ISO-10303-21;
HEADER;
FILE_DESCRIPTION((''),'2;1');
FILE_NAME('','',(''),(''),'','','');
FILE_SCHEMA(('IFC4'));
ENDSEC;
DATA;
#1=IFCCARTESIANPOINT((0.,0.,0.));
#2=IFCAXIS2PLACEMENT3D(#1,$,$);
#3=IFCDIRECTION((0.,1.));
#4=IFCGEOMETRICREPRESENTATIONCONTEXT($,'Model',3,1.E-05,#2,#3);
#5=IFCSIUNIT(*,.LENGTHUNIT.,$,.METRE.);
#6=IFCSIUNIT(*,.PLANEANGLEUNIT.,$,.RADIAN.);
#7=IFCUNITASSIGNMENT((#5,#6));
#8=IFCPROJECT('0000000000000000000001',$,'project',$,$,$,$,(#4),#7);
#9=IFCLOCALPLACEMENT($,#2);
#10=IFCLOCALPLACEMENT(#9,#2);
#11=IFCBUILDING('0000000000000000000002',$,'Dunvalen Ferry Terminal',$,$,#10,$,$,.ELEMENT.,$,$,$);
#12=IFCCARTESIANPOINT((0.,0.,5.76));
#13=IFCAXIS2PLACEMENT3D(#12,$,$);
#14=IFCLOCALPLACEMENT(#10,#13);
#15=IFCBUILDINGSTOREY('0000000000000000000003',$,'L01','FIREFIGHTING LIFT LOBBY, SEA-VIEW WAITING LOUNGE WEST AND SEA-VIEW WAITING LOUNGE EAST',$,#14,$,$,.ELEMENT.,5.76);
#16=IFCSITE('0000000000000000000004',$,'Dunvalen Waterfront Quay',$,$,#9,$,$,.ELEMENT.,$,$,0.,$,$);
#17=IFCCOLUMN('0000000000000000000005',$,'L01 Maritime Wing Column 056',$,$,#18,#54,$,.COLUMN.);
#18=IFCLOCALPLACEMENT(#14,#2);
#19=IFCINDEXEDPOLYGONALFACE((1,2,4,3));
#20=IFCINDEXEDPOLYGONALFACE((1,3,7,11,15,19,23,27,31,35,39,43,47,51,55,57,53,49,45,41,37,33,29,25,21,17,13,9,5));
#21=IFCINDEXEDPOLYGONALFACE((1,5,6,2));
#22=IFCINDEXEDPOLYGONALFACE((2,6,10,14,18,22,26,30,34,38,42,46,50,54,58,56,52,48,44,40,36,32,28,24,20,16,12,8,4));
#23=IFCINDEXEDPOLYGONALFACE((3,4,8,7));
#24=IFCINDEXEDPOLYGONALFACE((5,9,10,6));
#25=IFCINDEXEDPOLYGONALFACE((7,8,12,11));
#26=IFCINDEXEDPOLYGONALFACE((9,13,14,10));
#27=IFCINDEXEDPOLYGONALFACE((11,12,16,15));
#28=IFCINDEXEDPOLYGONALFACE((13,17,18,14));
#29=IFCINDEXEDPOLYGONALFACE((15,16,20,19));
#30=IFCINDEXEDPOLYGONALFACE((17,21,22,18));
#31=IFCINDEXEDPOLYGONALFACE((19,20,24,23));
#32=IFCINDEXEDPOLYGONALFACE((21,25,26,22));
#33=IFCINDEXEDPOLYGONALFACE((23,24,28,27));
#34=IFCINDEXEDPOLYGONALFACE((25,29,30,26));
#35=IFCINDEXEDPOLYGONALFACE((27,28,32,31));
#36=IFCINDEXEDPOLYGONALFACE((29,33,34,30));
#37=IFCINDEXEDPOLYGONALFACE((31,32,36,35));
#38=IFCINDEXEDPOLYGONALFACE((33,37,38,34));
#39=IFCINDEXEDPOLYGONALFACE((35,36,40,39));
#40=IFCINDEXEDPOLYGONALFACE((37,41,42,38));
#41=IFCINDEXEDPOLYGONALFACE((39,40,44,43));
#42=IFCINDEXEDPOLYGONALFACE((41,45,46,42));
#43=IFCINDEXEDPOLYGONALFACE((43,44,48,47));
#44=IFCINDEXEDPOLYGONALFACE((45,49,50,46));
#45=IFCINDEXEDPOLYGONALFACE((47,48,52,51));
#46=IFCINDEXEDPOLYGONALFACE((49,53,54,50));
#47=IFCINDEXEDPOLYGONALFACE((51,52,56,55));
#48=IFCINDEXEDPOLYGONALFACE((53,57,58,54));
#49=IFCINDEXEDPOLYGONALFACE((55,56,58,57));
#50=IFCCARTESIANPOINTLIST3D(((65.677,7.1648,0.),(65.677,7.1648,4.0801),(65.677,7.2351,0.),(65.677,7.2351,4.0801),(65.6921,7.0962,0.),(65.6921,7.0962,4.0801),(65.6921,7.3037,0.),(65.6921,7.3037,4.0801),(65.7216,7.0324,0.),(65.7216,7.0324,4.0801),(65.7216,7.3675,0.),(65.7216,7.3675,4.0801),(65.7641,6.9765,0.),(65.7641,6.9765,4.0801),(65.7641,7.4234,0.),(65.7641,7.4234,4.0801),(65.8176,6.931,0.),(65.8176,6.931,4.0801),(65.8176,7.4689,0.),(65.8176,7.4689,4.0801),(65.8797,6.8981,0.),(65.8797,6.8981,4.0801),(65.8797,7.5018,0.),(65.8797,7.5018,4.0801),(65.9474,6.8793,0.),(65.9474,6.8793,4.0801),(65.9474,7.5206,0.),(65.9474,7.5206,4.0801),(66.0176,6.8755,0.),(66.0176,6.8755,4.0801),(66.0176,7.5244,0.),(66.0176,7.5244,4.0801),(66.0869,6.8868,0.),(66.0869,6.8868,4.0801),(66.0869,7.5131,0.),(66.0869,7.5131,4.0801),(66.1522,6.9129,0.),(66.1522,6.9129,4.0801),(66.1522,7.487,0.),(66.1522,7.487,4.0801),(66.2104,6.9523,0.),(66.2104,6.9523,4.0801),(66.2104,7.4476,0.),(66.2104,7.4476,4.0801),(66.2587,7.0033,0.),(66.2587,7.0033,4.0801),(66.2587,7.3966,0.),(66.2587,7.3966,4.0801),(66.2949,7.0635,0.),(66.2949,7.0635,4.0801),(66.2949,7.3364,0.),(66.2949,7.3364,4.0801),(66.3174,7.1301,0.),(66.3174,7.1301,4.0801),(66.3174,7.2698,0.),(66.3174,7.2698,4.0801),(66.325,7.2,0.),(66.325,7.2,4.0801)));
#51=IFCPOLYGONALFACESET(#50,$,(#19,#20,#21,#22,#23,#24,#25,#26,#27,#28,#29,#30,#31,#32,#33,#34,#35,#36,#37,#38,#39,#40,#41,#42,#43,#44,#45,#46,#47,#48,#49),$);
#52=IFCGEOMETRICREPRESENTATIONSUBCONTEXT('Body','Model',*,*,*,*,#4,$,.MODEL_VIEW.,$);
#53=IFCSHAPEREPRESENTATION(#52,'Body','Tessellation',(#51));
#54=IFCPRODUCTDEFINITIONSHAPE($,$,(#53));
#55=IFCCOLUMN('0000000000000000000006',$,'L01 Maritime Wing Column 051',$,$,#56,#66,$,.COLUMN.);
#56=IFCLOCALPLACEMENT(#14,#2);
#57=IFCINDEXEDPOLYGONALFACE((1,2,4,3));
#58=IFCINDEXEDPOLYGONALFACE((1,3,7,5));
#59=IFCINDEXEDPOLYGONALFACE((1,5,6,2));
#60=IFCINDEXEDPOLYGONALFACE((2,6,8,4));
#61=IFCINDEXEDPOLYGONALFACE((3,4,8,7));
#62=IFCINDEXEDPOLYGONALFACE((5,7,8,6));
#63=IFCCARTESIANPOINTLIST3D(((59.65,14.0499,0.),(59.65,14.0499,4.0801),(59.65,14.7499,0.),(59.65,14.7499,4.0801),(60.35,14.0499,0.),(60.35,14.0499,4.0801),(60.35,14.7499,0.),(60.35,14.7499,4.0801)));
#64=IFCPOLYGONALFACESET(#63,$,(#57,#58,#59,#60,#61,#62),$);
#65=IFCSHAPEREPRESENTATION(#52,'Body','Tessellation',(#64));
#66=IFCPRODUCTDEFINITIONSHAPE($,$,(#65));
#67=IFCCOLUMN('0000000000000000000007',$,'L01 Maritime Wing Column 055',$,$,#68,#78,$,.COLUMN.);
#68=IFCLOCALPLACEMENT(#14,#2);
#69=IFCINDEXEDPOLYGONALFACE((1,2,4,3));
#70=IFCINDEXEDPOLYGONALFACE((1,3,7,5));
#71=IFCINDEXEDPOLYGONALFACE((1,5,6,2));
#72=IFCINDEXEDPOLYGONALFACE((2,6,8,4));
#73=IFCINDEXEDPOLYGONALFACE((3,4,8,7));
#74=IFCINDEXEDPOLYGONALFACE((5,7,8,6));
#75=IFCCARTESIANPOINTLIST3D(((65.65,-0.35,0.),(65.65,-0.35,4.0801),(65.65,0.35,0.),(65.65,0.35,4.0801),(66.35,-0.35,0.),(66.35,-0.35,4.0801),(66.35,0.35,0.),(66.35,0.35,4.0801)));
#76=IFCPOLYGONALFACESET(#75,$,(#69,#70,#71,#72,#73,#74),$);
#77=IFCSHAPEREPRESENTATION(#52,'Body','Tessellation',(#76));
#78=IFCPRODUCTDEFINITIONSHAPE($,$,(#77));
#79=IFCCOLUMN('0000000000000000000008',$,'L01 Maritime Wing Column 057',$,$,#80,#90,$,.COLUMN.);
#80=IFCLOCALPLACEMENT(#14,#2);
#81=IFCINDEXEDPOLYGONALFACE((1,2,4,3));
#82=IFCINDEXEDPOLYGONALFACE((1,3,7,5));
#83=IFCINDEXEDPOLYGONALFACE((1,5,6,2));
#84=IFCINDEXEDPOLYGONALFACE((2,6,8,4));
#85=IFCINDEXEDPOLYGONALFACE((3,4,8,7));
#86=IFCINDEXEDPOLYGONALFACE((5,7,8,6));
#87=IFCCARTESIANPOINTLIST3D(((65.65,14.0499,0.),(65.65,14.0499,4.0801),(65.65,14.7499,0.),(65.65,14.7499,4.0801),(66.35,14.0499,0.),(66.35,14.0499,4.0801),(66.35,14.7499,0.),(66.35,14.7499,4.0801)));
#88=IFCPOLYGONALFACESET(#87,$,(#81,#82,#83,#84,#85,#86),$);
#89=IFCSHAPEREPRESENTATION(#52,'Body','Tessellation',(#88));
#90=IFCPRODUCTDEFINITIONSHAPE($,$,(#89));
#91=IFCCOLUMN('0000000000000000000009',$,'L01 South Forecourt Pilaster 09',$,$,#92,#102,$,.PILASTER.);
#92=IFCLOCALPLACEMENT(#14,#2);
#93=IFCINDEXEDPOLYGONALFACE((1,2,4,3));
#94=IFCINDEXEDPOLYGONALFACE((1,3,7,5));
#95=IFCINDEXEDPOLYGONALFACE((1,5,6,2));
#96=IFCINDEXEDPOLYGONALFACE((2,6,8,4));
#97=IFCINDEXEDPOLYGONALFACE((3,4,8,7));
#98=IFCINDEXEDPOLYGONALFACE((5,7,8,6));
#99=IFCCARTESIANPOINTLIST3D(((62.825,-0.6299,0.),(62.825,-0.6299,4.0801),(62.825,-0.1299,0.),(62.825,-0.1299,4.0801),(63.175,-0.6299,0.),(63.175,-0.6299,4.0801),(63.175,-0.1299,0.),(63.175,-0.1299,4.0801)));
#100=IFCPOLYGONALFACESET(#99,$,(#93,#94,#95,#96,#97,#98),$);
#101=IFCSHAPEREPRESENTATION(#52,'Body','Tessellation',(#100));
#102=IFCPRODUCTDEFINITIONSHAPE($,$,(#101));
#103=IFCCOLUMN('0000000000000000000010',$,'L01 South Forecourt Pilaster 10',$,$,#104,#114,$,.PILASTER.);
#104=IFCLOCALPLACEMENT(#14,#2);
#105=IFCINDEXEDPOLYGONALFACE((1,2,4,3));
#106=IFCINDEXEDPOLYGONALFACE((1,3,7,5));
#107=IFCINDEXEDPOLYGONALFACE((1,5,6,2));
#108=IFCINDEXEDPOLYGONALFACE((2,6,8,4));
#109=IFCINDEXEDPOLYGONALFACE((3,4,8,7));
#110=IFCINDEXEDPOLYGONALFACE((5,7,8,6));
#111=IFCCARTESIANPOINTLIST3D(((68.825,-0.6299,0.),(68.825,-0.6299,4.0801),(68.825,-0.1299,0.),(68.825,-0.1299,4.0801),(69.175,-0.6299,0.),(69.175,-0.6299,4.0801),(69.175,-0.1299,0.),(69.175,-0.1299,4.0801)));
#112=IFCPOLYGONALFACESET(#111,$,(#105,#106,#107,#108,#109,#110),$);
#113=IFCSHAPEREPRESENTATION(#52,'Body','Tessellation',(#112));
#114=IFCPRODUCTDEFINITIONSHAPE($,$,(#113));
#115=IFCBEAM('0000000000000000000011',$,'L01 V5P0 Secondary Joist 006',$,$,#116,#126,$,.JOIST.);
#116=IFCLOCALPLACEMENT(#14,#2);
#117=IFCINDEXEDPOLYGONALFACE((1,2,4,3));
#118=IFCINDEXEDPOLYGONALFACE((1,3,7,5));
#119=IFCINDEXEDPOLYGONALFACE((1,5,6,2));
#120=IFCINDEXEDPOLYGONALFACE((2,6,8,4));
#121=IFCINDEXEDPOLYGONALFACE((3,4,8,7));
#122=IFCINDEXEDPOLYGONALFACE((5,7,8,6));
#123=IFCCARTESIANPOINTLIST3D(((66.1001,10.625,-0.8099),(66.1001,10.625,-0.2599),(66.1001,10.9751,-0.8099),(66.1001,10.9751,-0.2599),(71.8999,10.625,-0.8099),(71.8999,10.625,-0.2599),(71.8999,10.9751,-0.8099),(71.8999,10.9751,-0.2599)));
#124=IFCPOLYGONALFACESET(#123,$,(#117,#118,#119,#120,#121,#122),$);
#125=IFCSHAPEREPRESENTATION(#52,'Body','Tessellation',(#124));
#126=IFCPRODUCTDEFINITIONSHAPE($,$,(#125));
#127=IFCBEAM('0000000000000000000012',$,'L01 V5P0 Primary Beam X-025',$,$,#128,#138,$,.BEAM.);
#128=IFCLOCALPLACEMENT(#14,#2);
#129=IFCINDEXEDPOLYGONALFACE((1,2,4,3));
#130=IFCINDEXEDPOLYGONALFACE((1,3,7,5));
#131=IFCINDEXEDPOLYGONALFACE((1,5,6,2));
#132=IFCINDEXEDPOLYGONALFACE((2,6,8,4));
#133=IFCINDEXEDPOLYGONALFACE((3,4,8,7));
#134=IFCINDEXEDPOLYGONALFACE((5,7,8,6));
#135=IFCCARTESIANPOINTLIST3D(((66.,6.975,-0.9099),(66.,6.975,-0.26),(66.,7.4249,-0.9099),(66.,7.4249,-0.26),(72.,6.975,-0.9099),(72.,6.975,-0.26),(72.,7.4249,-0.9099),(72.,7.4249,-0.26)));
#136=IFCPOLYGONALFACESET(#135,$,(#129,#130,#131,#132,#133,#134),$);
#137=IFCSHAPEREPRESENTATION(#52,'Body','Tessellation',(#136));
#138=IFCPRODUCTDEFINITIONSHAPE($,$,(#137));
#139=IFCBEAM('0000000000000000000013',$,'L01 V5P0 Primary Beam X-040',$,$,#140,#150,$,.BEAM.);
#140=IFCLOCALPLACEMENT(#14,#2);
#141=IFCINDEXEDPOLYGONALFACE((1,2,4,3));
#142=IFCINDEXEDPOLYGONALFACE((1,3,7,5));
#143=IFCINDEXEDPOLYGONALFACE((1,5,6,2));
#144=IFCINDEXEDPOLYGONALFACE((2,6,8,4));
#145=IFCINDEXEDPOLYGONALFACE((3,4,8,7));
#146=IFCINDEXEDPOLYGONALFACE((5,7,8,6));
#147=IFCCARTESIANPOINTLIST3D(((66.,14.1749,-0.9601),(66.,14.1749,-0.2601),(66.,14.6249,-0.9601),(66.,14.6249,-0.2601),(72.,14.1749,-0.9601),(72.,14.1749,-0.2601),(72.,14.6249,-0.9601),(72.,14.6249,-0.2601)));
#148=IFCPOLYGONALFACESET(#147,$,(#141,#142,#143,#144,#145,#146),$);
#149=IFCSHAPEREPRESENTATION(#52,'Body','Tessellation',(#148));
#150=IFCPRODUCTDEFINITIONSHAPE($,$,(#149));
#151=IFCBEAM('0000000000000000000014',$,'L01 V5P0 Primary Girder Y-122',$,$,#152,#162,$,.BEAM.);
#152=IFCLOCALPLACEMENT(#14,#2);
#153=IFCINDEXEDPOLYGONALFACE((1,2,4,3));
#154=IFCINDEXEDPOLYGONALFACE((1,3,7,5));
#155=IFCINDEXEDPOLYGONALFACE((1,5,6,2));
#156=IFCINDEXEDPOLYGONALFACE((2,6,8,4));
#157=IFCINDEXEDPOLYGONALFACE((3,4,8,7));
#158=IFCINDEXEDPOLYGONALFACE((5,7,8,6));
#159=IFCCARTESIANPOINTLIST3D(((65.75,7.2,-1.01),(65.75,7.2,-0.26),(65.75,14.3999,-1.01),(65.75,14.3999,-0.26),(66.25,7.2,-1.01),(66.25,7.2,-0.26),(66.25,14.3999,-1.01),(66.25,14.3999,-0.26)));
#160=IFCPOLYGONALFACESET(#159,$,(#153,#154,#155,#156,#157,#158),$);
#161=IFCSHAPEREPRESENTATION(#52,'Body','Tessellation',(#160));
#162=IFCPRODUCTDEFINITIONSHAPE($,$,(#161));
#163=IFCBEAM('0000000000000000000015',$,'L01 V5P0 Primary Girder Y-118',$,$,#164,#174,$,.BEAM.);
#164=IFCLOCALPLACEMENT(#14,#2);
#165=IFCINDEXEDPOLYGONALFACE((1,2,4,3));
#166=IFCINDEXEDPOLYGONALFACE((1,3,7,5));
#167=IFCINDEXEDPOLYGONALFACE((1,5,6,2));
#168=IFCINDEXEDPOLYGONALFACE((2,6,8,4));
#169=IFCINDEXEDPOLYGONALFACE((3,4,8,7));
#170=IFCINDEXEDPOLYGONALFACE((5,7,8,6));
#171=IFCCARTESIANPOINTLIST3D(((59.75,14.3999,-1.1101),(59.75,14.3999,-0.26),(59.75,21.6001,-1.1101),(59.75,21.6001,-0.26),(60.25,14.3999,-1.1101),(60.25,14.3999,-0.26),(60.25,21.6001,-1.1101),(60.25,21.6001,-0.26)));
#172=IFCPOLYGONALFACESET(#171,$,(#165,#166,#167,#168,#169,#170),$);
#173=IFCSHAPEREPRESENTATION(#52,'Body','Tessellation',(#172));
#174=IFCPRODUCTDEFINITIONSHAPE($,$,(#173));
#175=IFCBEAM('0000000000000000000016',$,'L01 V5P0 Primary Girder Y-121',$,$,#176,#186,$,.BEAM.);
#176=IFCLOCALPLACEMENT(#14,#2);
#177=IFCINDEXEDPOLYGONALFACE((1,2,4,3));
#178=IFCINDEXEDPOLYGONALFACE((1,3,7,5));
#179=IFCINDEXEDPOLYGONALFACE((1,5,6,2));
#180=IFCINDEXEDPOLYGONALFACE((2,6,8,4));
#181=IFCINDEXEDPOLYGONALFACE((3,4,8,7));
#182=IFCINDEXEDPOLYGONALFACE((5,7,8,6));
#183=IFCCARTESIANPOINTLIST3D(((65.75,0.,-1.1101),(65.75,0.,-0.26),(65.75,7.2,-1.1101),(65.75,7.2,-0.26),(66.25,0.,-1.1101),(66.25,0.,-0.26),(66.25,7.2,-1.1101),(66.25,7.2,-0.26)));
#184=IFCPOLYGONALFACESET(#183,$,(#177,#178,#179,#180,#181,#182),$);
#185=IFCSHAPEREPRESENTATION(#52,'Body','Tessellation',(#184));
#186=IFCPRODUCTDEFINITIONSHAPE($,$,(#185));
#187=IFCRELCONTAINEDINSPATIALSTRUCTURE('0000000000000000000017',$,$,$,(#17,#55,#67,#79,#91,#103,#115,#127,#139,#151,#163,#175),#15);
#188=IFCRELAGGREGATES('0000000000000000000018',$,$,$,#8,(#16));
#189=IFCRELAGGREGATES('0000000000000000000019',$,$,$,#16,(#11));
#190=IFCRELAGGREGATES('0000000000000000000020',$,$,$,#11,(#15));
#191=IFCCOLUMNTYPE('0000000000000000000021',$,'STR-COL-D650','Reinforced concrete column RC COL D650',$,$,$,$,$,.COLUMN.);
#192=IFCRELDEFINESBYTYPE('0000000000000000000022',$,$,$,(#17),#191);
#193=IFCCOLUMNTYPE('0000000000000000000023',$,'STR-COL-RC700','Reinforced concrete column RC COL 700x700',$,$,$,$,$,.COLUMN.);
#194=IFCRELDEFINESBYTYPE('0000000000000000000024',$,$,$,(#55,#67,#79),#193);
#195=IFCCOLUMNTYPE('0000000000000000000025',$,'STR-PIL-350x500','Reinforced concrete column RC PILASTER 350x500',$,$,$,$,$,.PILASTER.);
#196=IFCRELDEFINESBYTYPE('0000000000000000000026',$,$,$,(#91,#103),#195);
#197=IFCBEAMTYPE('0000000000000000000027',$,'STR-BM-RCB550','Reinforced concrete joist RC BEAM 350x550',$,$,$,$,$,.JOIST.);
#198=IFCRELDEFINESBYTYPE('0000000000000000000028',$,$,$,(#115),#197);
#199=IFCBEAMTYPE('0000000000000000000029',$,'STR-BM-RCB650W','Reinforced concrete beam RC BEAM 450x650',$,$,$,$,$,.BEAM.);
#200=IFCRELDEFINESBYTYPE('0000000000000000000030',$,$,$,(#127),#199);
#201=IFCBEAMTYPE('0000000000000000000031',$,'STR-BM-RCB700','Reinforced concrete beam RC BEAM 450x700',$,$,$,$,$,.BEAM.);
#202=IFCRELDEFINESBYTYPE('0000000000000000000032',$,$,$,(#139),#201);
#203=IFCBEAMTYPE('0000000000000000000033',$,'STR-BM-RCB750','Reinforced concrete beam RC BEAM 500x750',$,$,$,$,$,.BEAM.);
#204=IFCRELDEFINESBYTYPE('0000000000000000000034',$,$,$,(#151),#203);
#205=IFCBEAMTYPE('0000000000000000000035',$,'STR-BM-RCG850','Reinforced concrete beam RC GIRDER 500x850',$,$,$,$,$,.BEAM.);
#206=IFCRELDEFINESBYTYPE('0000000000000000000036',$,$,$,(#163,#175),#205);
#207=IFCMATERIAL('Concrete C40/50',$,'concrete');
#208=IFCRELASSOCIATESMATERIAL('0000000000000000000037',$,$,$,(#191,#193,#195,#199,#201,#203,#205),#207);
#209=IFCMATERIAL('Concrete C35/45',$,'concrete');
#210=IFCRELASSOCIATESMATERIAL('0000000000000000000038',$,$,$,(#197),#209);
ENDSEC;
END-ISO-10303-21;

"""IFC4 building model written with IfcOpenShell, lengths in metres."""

from ifc_helpers import new_model, si_unit, direction, frame, origin, origin_2d, place, context, subcontext, project, spatial, rectangle, circle, extrude, material, material_profile, profile_set, type_object, element, save


model = new_model("IFC4")

# Units and contexts
model_context = context("Model", 3, precision=1e-05, world=origin(), true_north=direction((0.0, 1.0)))
body_context = subcontext(model_context, "Body", "Model", "MODEL_VIEW")
ifc_project = project(units=[si_unit("LENGTHUNIT", "METRE"), si_unit("PLANEANGLEUNIT", "RADIAN")], contexts=[model_context])

# Site, building, storey
site_placement = place(None, origin())
site = spatial("IfcSite", under=ifc_project, at=site_placement, Name="Dunvalen Waterfront Quay", CompositionType="ELEMENT", RefElevation=0.0)
building_placement = place(site_placement, origin())
building = spatial("IfcBuilding", under=site, at=building_placement, Name="Dunvalen Ferry Terminal", CompositionType="ELEMENT")
storey_placement = place(building_placement, frame((0.0, 0.0, 5.76)))
storey = spatial("IfcBuildingStorey", under=building, at=storey_placement, Name="L01", Description="FIREFIGHTING LIFT LOBBY, SEA-VIEW WAITING LOUNGE WEST AND SEA-VIEW WAITING LOUNGE EAST", CompositionType="ELEMENT", Elevation=5.76)

# Columns
ifc_material_1 = material(Name="Concrete C40/50", Category="concrete")
ifc_material_profile_1 = material_profile(ifc_material_1, circle(Radius=0.325, at=origin_2d()), Name="Concrete C40/50")
ifc_profile_set_1 = profile_set([ifc_material_profile_1], Name="Concrete C40/50")
column_type_1 = type_object("IfcColumnType", Name="STR-COL-D650", Description="Reinforced concrete column RC COL D650", PredefinedType="COLUMN", material=ifc_profile_set_1)
column_placement = place(storey_placement, frame((66.0, 7.2, 0.0), z_axis=(0.0, 0.0, 1.0), x_axis=(1.0, 0.0, 0.0)))
element("IfcColumn", 1, at=column_placement, inside=storey, type_object=column_type_1, Name="L01 Maritime Wing Column 056", PredefinedType="COLUMN", context=body_context, shape_type="SweptSolid", body=[
    extrude(circle(Radius=0.325, at=origin_2d()), origin(), (0.0, 0.0, 1.0), 4.0801),
])
ifc_material_profile_2 = material_profile(ifc_material_1, rectangle(XDim=0.7, YDim=0.7, at=origin_2d()), Name="Concrete C40/50")
ifc_profile_set_2 = profile_set([ifc_material_profile_2], Name="Concrete C40/50")
column_type_2 = type_object("IfcColumnType", Name="STR-COL-RC700", Description="Reinforced concrete column RC COL 700x700", PredefinedType="COLUMN", material=ifc_profile_set_2)
for number, where, z_axis, x_axis, name in (
    (2, (60.0, 14.3999, 0.0), (0.0, 0.0, 1.0), (1.0, 0.0, 0.0), "L01 Maritime Wing Column 051"),
    (3, (66.0, 0.0, 0.0), (0.0, 0.0, 1.0), (1.0, 0.0, 0.0), "L01 Maritime Wing Column 055"),
    (4, (66.0, 14.3999, 0.0), (0.0, 0.0, 1.0), (1.0, 0.0, 0.0), "L01 Maritime Wing Column 057"),
):
    element("IfcColumn", number, at=place(storey_placement, frame(where, z_axis=z_axis, x_axis=x_axis)), inside=storey, type_object=column_type_2, Name=name, PredefinedType="COLUMN", context=body_context, shape_type="SweptSolid", body=[
        extrude(rectangle(XDim=0.7, YDim=0.7, at=origin_2d()), origin(), (0.0, 0.0, 1.0), 4.0801),
    ])
ifc_material_profile_3 = material_profile(ifc_material_1, rectangle(XDim=0.3501, YDim=0.5, at=origin_2d()), Name="Concrete C40/50")
ifc_profile_set_3 = profile_set([ifc_material_profile_3], Name="Concrete C40/50")
column_type_3 = type_object("IfcColumnType", Name="STR-PIL-350x500", Description="Reinforced concrete column RC PILASTER 350x500", PredefinedType="PILASTER", material=ifc_profile_set_3)
for number, where, z_axis, x_axis, name in (
    (5, (63.0, -0.3799, 0.0), (0.0, 0.0, 1.0), (1.0, 0.0, 0.0), "L01 South Forecourt Pilaster 09"),
    (6, (69.0, -0.3799, 0.0), (0.0, 0.0, 1.0), (1.0, 0.0, 0.0), "L01 South Forecourt Pilaster 10"),
):
    element("IfcColumn", number, at=place(storey_placement, frame(where, z_axis=z_axis, x_axis=x_axis)), inside=storey, type_object=column_type_3, Name=name, PredefinedType="PILASTER", context=body_context, shape_type="SweptSolid", body=[
        extrude(rectangle(XDim=0.3501, YDim=0.5, at=origin_2d()), origin(), (0.0, 0.0, 1.0), 4.0801),
    ])

# Beams
ifc_material_2 = material(Name="Concrete C35/45", Category="concrete")
ifc_material_profile_4 = material_profile(ifc_material_2, rectangle(XDim=0.3501, YDim=0.55, at=origin_2d()), Name="Concrete C35/45")
ifc_profile_set_4 = profile_set([ifc_material_profile_4], Name="Concrete C35/45")
beam_type_1 = type_object("IfcBeamType", Name="STR-BM-RCB550", Description="Reinforced concrete joist RC BEAM 350x550", PredefinedType="JOIST", material=ifc_profile_set_4)
beam_1_placement = place(storey_placement, frame((66.1001, 10.8, -0.5349), z_axis=(1.0, 0.0, 0.0), x_axis=(0.0, 1.0, 0.0)))
element("IfcBeam", 7, at=beam_1_placement, inside=storey, type_object=beam_type_1, Name="L01 V5P0 Secondary Joist 006", PredefinedType="JOIST", context=body_context, shape_type="SweptSolid", body=[
    extrude(rectangle(XDim=0.3501, YDim=0.55, at=origin_2d()), origin(), (0.0, 0.0, 1.0), 5.7998),
])
ifc_material_profile_5 = material_profile(ifc_material_1, rectangle(XDim=0.45, YDim=0.6499, at=origin_2d()), Name="Concrete C40/50")
ifc_profile_set_5 = profile_set([ifc_material_profile_5], Name="Concrete C40/50")
beam_type_2 = type_object("IfcBeamType", Name="STR-BM-RCB650W", Description="Reinforced concrete beam RC BEAM 450x650", PredefinedType="BEAM", material=ifc_profile_set_5)
beam_2_placement = place(storey_placement, frame((66.0, 7.2, -0.585), z_axis=(1.0, 0.0, 0.0), x_axis=(0.0, 1.0, 0.0)))
element("IfcBeam", 8, at=beam_2_placement, inside=storey, type_object=beam_type_2, Name="L01 V5P0 Primary Beam X-025", PredefinedType="BEAM", context=body_context, shape_type="SweptSolid", body=[
    extrude(rectangle(XDim=0.45, YDim=0.6499, at=origin_2d()), origin(), (0.0, 0.0, 1.0), 6.0),
])
ifc_material_profile_6 = material_profile(ifc_material_1, rectangle(XDim=0.45, YDim=0.7, at=origin_2d()), Name="Concrete C40/50")
ifc_profile_set_6 = profile_set([ifc_material_profile_6], Name="Concrete C40/50")
beam_type_3 = type_object("IfcBeamType", Name="STR-BM-RCB700", Description="Reinforced concrete beam RC BEAM 450x700", PredefinedType="BEAM", material=ifc_profile_set_6)
beam_3_placement = place(storey_placement, frame((66.0, 14.3999, -0.6101), z_axis=(1.0, 0.0, 0.0), x_axis=(0.0, 1.0, 0.0)))
element("IfcBeam", 9, at=beam_3_placement, inside=storey, type_object=beam_type_3, Name="L01 V5P0 Primary Beam X-040", PredefinedType="BEAM", context=body_context, shape_type="SweptSolid", body=[
    extrude(rectangle(XDim=0.45, YDim=0.7, at=origin_2d()), origin(), (0.0, 0.0, 1.0), 6.0),
])
ifc_material_profile_7 = material_profile(ifc_material_1, rectangle(XDim=0.5, YDim=0.75, at=origin_2d()), Name="Concrete C40/50")
ifc_profile_set_7 = profile_set([ifc_material_profile_7], Name="Concrete C40/50")
beam_type_4 = type_object("IfcBeamType", Name="STR-BM-RCB750", Description="Reinforced concrete beam RC BEAM 500x750", PredefinedType="BEAM", material=ifc_profile_set_7)
beam_4_placement = place(storey_placement, frame((66.0, 7.2, -0.635), z_axis=(0.0, 1.0, 0.0), x_axis=(-1.0, 0.0, 0.0)))
element("IfcBeam", 10, at=beam_4_placement, inside=storey, type_object=beam_type_4, Name="L01 V5P0 Primary Girder Y-122", PredefinedType="BEAM", context=body_context, shape_type="SweptSolid", body=[
    extrude(rectangle(XDim=0.5, YDim=0.75, at=origin_2d()), origin(), (0.0, 0.0, 1.0), 7.2),
])
ifc_material_profile_8 = material_profile(ifc_material_1, rectangle(XDim=0.5, YDim=0.8501, at=origin_2d()), Name="Concrete C40/50")
ifc_profile_set_8 = profile_set([ifc_material_profile_8], Name="Concrete C40/50")
beam_type_5 = type_object("IfcBeamType", Name="STR-BM-RCG850", Description="Reinforced concrete beam RC GIRDER 500x850", PredefinedType="BEAM", material=ifc_profile_set_8)
beam_5_placement = place(storey_placement, frame((60.0, 14.3999, -0.6851), z_axis=(0.0, 1.0, 0.0), x_axis=(-1.0, 0.0, 0.0)))
element("IfcBeam", 11, at=beam_5_placement, inside=storey, type_object=beam_type_5, Name="L01 V5P0 Primary Girder Y-118", PredefinedType="BEAM", context=body_context, shape_type="SweptSolid", body=[
    extrude(rectangle(XDim=0.5, YDim=0.8501, at=origin_2d()), origin(), (0.0, 0.0, 1.0), 7.2002),
])
beam_6_placement = place(storey_placement, frame((66.0, 0.0, -0.6851), z_axis=(0.0, 1.0, 0.0), x_axis=(-1.0, 0.0, 0.0)))
element("IfcBeam", 12, at=beam_6_placement, inside=storey, type_object=beam_type_5, Name="L01 V5P0 Primary Girder Y-121", PredefinedType="BEAM", context=body_context, shape_type="SweptSolid", body=[
    extrude(rectangle(XDim=0.5, YDim=0.8501, at=origin_2d()), origin(), (0.0, 0.0, 1.0), 7.2),
])

save(model, "model.ifc")
